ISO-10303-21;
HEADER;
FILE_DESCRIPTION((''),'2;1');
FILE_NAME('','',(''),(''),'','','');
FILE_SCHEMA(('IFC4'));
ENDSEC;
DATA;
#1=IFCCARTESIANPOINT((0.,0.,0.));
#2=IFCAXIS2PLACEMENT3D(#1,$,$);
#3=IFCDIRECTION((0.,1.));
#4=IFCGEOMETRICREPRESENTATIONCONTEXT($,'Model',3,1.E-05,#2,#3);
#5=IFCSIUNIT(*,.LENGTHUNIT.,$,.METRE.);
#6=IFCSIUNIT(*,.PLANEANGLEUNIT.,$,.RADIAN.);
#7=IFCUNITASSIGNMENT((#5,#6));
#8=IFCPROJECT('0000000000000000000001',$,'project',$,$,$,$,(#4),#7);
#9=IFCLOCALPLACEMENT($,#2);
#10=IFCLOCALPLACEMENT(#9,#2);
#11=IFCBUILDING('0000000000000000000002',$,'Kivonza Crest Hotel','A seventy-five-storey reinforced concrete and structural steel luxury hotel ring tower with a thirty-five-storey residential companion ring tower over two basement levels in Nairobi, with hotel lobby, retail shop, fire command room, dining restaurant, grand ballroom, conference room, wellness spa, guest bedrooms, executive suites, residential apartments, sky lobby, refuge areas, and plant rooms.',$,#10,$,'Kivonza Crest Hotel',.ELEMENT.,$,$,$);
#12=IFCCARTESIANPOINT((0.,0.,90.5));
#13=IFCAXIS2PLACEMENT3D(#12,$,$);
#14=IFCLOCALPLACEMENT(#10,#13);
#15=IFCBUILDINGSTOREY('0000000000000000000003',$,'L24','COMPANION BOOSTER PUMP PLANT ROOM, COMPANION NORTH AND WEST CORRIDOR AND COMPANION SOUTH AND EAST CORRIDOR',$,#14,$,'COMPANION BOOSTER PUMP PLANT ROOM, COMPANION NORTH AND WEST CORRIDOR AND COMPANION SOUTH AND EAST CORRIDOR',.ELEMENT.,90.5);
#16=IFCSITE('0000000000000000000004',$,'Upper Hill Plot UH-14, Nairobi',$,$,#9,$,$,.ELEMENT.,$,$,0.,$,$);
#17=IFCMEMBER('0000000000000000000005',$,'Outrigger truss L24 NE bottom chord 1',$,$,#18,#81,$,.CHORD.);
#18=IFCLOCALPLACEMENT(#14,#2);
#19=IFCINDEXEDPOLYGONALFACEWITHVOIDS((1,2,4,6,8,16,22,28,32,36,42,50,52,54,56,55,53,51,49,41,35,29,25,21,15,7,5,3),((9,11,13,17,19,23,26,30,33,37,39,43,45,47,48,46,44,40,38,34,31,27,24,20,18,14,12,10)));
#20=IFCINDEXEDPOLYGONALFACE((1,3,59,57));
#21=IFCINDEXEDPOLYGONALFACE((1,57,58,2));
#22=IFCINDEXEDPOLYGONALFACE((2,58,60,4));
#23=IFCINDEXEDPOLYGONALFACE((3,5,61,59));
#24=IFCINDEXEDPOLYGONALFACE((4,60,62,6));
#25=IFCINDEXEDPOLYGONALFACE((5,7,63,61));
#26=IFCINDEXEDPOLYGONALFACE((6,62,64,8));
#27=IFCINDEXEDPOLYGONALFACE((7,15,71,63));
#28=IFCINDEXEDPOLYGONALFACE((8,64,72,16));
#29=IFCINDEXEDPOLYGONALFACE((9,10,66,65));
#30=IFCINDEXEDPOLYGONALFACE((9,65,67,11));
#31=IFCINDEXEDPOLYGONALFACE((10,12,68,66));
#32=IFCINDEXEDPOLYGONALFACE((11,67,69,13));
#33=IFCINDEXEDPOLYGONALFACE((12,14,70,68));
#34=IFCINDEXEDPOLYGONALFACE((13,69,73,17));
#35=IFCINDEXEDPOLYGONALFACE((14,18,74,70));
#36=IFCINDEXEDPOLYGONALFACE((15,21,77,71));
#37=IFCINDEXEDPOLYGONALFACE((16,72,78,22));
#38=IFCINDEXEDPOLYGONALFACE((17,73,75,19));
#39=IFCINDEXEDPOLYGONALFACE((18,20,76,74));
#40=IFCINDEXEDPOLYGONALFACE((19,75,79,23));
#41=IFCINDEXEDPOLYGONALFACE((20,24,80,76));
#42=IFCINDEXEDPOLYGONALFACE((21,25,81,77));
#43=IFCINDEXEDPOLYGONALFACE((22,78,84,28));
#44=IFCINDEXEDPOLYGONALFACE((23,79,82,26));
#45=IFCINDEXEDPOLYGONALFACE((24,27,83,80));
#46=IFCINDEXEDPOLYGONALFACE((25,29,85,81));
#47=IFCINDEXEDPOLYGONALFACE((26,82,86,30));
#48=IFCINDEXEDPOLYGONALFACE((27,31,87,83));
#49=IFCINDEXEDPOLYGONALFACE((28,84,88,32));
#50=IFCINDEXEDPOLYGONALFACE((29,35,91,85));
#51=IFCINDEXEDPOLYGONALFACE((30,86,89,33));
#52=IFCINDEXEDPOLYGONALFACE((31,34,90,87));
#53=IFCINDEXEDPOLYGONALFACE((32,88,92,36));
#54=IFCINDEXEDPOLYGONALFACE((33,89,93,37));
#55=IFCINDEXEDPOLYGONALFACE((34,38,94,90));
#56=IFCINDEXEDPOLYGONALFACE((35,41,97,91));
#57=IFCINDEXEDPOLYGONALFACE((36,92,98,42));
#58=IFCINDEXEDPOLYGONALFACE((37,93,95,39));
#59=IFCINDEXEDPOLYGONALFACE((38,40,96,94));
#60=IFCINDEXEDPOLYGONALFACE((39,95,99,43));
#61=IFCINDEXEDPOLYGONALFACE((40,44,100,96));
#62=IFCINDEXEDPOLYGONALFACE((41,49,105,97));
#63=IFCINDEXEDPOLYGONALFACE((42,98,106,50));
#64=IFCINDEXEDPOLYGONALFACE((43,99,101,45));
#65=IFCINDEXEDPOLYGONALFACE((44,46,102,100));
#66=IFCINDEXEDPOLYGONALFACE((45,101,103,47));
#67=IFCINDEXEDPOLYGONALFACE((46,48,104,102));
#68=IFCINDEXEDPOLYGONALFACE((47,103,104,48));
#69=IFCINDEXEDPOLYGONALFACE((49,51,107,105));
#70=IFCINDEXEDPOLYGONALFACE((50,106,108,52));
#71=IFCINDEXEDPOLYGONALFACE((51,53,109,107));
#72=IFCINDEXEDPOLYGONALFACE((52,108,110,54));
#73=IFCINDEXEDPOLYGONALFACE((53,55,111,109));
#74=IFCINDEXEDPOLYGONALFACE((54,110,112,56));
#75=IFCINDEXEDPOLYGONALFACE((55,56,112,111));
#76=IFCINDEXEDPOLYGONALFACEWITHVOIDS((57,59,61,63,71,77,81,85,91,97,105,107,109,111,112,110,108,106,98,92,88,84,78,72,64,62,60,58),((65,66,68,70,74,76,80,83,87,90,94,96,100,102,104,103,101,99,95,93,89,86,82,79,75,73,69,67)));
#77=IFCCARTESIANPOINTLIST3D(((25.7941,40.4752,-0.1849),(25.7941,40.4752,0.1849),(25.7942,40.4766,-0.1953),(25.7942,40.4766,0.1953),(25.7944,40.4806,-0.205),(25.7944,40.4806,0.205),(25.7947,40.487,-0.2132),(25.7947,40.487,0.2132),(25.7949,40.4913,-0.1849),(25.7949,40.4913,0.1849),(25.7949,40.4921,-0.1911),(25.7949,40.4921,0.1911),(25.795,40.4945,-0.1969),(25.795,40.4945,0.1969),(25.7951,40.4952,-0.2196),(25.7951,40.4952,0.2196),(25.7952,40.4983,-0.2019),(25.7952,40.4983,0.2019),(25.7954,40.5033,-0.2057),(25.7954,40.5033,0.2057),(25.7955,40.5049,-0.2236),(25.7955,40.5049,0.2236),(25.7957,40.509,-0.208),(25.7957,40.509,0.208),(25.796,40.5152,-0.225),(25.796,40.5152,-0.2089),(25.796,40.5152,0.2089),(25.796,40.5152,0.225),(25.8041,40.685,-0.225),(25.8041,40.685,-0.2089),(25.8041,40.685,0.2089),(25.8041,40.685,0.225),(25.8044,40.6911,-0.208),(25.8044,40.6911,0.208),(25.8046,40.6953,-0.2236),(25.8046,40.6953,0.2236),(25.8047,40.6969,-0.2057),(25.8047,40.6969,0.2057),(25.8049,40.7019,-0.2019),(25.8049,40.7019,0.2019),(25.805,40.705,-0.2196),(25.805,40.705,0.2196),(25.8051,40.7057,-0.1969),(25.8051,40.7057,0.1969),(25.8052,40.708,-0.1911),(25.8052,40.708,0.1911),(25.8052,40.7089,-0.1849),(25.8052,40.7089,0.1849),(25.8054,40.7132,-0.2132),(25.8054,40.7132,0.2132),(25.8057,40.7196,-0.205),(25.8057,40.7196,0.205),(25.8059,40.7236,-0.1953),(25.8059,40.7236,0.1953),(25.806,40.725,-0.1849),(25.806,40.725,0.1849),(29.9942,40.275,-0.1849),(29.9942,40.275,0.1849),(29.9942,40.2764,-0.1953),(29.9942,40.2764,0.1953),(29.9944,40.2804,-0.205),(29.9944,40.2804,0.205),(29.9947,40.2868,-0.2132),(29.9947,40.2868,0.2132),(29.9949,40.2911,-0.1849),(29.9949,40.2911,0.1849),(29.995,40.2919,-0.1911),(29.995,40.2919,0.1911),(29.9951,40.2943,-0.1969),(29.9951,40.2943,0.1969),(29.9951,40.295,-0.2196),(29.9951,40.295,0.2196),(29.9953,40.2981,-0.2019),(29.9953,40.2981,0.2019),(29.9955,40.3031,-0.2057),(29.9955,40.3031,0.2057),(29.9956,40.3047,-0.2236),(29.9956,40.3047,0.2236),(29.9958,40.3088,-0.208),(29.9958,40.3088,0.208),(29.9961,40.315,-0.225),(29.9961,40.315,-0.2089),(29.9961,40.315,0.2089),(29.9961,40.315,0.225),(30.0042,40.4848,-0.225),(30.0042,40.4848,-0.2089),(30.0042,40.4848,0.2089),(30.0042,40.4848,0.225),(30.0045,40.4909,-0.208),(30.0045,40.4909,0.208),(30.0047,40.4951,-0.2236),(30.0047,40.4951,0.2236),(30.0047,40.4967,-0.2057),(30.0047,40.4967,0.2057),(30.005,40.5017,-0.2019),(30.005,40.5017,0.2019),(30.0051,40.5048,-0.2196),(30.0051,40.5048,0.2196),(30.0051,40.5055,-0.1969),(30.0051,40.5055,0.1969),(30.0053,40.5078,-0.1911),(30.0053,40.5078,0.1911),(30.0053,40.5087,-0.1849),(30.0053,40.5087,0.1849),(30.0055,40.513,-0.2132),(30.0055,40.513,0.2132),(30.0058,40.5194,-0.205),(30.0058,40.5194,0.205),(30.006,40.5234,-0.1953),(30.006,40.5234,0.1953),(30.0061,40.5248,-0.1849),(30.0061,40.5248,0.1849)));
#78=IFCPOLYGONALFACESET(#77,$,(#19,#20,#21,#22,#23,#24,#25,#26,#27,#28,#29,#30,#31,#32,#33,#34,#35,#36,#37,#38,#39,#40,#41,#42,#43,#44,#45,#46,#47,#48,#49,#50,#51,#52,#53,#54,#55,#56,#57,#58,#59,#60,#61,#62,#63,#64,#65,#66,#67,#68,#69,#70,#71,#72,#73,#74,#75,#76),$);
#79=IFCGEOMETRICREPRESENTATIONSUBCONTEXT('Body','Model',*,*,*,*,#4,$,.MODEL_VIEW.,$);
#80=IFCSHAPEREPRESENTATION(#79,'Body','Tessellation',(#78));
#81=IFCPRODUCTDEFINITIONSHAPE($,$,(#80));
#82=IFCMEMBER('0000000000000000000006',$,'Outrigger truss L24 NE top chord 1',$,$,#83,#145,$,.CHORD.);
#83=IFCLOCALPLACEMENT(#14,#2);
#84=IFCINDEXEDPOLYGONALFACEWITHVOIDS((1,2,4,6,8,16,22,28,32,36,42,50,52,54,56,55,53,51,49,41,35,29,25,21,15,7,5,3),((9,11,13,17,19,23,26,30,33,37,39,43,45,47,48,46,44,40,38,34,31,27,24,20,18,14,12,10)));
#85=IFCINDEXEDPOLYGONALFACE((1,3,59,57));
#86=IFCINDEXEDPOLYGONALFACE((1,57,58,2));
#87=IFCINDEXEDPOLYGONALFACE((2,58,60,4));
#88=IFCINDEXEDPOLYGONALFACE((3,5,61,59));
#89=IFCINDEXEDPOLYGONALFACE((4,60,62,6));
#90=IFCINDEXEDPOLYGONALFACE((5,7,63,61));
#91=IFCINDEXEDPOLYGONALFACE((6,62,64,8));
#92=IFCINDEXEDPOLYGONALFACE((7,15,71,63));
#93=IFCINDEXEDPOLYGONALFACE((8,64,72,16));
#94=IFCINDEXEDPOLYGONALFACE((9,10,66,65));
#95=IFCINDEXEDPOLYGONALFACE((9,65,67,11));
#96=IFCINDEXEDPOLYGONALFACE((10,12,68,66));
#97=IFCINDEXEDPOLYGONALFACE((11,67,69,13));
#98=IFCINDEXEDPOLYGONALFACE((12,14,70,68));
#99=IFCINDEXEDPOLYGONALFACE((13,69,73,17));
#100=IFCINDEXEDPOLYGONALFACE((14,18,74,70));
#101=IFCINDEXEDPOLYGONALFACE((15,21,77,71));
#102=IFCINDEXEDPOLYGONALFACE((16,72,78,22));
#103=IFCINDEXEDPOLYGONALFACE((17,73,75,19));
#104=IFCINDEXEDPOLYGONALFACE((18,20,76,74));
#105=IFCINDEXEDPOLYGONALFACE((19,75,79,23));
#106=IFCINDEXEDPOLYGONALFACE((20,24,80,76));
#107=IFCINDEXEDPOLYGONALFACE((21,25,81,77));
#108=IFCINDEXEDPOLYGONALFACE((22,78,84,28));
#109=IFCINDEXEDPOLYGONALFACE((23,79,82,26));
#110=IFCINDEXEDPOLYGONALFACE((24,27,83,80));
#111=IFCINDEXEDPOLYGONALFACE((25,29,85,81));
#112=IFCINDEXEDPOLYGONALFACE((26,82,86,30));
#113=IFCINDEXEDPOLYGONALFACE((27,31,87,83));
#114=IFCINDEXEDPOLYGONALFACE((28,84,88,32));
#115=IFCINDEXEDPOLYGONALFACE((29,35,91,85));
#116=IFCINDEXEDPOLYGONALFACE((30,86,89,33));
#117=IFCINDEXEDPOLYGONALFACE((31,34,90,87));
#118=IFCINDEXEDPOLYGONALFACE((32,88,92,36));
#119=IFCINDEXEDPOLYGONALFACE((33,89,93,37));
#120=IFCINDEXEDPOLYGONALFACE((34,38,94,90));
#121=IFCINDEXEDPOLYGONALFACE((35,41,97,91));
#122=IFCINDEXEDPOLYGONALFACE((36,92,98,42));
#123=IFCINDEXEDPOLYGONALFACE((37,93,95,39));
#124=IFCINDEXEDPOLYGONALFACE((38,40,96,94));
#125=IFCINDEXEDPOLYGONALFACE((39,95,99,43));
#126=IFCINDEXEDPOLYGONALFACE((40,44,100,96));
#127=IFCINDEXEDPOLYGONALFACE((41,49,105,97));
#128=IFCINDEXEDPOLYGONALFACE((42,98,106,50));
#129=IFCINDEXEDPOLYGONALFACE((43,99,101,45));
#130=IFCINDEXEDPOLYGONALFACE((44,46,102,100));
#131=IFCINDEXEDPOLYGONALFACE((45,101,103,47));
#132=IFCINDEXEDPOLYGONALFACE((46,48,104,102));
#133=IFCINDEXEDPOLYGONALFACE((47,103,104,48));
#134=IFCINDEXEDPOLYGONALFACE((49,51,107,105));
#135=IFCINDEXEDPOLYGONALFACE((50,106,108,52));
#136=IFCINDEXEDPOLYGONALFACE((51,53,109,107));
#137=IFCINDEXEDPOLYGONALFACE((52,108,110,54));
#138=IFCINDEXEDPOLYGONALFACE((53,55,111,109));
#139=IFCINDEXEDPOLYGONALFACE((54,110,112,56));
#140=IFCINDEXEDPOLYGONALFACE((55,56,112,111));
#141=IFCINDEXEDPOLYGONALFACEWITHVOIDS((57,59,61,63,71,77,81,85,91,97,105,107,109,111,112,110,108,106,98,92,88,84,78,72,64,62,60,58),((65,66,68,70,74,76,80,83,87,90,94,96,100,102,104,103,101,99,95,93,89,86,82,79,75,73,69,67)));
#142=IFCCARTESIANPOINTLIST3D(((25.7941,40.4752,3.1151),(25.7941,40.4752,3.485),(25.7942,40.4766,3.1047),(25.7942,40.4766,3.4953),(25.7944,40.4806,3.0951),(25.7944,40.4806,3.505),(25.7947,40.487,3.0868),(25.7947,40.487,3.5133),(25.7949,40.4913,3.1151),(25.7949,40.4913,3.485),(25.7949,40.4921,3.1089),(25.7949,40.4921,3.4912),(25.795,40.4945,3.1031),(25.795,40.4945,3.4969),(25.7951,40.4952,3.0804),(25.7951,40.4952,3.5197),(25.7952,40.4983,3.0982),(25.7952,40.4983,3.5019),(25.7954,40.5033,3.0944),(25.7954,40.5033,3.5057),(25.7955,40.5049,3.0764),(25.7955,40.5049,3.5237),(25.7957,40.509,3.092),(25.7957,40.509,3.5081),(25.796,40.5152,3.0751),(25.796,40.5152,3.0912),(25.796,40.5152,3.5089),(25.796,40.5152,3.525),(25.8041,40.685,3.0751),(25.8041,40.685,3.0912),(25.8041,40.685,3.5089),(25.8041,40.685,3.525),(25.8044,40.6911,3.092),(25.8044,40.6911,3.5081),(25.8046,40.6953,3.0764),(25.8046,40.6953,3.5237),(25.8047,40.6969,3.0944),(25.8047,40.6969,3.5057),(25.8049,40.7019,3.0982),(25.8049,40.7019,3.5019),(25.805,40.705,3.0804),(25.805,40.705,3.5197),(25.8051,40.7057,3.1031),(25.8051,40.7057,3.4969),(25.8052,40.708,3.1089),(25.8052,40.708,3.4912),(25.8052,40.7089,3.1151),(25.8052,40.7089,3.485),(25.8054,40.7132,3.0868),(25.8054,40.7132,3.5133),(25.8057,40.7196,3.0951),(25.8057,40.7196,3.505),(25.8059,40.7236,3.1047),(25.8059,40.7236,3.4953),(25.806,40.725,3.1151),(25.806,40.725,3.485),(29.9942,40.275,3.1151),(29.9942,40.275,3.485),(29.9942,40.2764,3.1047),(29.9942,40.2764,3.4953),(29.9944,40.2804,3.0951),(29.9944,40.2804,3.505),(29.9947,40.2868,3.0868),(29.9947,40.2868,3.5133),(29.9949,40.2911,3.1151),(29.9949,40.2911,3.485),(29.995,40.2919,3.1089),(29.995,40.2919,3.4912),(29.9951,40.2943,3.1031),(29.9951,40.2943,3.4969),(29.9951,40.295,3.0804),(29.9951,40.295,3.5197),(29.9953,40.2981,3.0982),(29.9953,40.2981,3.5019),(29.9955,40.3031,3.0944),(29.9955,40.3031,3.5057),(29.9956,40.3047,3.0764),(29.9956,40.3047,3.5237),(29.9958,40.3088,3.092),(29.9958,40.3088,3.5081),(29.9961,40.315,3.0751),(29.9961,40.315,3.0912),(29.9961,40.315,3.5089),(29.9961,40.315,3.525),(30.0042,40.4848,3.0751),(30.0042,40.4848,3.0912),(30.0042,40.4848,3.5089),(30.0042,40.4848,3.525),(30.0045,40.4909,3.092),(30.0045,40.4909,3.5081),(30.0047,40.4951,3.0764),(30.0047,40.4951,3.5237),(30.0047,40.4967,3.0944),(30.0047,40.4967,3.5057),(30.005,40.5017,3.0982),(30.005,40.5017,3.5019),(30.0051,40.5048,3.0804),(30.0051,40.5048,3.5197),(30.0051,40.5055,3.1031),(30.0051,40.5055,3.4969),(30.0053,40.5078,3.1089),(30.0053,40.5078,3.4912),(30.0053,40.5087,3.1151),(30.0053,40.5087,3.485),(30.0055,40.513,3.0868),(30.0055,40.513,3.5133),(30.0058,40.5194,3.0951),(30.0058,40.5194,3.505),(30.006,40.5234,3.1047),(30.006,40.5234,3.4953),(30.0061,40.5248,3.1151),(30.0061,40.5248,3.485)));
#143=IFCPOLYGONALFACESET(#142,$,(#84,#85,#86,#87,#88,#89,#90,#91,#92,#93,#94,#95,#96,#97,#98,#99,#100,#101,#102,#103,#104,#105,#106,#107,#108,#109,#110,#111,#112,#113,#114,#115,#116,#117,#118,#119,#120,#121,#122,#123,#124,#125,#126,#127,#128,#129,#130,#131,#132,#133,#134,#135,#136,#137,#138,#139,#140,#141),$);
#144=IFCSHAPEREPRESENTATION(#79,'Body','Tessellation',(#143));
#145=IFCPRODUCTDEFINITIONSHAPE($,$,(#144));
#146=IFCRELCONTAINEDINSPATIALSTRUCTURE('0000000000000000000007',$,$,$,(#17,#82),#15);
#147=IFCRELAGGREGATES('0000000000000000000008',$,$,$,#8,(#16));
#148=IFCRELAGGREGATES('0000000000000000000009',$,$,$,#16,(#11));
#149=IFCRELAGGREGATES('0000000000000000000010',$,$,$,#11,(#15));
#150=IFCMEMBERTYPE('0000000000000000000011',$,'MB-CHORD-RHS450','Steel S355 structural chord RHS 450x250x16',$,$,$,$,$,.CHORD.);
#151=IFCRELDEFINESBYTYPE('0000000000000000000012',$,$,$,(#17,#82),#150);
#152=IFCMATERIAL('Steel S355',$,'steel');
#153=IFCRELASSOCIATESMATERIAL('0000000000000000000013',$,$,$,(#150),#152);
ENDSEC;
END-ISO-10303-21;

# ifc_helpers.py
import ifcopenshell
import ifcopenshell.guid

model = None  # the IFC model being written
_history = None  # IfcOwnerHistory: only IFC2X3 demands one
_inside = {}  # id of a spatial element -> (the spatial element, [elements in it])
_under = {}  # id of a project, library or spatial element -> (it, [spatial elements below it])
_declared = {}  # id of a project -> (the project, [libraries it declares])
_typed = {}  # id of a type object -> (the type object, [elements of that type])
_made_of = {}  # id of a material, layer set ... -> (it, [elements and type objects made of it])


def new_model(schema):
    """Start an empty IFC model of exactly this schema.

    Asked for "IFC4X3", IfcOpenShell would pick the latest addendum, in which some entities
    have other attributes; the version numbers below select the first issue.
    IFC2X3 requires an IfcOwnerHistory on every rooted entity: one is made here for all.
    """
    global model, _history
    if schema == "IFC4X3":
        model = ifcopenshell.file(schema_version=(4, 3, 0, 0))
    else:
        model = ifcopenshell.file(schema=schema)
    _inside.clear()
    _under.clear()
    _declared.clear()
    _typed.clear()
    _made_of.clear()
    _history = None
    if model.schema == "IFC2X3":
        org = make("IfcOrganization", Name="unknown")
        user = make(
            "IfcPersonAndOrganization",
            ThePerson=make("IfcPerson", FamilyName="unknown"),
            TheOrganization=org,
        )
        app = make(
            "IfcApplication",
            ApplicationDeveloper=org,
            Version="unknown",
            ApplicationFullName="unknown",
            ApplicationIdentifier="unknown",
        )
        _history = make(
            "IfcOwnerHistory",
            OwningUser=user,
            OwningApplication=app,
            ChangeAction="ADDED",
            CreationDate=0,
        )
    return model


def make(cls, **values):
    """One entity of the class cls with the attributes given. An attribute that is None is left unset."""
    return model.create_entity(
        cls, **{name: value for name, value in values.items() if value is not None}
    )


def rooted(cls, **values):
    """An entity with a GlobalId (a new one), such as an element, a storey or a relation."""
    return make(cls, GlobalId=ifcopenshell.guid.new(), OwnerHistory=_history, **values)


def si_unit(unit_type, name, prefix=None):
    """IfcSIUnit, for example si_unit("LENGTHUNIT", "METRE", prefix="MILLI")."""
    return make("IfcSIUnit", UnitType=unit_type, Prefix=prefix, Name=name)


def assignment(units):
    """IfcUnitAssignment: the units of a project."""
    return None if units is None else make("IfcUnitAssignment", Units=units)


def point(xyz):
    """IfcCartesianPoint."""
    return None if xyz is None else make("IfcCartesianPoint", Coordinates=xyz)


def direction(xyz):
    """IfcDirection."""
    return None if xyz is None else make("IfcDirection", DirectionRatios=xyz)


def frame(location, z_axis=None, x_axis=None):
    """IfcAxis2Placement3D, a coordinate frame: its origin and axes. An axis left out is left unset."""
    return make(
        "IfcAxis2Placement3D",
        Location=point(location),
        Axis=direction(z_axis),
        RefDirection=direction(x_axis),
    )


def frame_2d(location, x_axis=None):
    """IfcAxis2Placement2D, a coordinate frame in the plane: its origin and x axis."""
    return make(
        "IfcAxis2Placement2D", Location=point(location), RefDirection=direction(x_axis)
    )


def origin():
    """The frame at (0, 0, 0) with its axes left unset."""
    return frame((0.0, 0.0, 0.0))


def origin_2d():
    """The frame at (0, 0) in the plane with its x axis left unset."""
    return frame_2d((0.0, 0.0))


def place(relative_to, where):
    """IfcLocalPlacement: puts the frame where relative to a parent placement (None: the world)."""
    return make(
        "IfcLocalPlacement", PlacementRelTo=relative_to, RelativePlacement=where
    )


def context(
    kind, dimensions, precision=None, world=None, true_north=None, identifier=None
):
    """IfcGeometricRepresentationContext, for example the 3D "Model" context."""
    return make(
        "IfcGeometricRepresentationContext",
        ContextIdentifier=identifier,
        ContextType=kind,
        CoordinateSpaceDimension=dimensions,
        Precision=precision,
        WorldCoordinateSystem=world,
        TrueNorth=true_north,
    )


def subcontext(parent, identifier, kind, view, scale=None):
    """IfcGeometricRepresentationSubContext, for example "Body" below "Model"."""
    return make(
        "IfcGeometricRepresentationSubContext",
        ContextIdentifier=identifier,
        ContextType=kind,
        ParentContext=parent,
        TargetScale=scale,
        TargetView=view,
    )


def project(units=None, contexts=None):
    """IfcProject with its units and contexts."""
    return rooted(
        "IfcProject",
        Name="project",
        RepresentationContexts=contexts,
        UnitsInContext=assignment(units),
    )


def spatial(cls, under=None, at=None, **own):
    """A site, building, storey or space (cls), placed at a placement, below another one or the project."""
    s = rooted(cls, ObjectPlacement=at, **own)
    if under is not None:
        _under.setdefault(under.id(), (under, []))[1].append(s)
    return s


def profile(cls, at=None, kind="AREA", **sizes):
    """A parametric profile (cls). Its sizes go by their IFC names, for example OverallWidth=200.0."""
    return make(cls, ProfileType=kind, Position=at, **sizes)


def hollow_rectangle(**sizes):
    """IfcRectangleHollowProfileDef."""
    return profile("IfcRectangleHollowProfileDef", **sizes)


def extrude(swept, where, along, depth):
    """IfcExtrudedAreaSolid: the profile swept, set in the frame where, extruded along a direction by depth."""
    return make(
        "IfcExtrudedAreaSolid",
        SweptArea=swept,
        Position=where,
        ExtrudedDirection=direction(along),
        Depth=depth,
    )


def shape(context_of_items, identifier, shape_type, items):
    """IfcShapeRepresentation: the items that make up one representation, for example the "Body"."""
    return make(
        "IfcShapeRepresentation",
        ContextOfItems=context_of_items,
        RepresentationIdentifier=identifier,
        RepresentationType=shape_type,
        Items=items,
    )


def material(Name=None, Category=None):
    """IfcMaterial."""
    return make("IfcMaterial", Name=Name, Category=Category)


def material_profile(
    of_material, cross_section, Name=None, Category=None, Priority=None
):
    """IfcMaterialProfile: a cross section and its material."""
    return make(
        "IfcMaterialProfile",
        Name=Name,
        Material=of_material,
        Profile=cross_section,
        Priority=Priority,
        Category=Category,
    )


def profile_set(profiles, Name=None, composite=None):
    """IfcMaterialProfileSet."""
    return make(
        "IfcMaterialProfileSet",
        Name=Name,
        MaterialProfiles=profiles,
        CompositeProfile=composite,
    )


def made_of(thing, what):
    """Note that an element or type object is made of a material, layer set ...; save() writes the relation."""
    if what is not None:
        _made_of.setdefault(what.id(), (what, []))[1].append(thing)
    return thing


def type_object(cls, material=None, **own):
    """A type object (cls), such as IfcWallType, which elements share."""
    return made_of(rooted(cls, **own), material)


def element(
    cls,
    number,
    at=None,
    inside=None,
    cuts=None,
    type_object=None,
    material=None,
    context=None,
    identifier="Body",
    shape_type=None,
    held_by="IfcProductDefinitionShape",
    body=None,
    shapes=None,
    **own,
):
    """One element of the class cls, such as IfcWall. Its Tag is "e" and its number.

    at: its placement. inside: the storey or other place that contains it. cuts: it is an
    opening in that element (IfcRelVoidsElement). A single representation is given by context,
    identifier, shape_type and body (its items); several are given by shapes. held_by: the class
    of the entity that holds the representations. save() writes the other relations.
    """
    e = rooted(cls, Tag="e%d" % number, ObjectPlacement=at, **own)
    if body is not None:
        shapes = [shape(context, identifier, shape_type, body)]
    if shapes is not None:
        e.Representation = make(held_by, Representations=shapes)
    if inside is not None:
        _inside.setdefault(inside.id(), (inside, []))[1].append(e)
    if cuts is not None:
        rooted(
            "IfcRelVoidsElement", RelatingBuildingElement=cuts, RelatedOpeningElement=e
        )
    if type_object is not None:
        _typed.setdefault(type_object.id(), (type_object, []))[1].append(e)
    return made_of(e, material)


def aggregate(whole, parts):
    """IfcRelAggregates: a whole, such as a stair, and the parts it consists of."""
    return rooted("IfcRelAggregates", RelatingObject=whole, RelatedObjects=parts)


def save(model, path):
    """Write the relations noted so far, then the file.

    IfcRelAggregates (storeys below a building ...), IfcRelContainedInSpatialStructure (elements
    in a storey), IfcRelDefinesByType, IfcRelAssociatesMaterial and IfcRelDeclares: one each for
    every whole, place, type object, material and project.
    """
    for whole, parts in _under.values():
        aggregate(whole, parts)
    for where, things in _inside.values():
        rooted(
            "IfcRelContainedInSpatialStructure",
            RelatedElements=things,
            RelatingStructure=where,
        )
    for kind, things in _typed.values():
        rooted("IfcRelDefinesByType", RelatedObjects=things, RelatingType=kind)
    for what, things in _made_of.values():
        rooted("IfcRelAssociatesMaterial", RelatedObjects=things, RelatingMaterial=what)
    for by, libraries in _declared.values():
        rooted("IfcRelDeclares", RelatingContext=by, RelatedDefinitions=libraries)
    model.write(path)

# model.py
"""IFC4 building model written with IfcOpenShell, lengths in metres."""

from ifc_helpers import new_model, si_unit, direction, frame, origin, origin_2d, place, context, subcontext, project, spatial, hollow_rectangle, extrude, material, material_profile, profile_set, type_object, element, save


model = new_model("IFC4")

# Units and contexts
model_context = context("Model", 3, precision=1e-05, world=origin(), true_north=direction((0.0, 1.0)))
body_context = subcontext(model_context, "Body", "Model", "MODEL_VIEW")
ifc_project = project(units=[si_unit("LENGTHUNIT", "METRE"), si_unit("PLANEANGLEUNIT", "RADIAN")], contexts=[model_context])

# Site, building, storey
site_placement = place(None, origin())
site = spatial("IfcSite", under=ifc_project, at=site_placement, Name="Upper Hill Plot UH-14, Nairobi", CompositionType="ELEMENT", RefElevation=0.0)
building_placement = place(site_placement, origin())
building = spatial("IfcBuilding", under=site, at=building_placement, Name="Kivonza Crest Hotel", Description="A seventy-five-storey reinforced concrete and structural steel luxury hotel ring tower with a thirty-five-storey residential companion ring tower over two basement levels in Nairobi, with hotel lobby, retail shop, fire command room, dining restaurant, grand ballroom, conference room, wellness spa, guest bedrooms, executive suites, residential apartments, sky lobby, refuge areas, and plant rooms.", LongName="Kivonza Crest Hotel", CompositionType="ELEMENT")
storey_placement = place(building_placement, frame((0.0, 0.0, 90.5)))
storey = spatial("IfcBuildingStorey", under=building, at=storey_placement, Name="L24", Description="COMPANION BOOSTER PUMP PLANT ROOM, COMPANION NORTH AND WEST CORRIDOR AND COMPANION SOUTH AND EAST CORRIDOR", LongName="COMPANION BOOSTER PUMP PLANT ROOM, COMPANION NORTH AND WEST CORRIDOR AND COMPANION SOUTH AND EAST CORRIDOR", CompositionType="ELEMENT", Elevation=90.5)

# Shared definitions
ifc_material_1 = material(Name="Steel S355", Category="steel")

# Members
ifc_material_profile_1 = material_profile(ifc_material_1, hollow_rectangle(XDim=0.25, YDim=0.45, WallThickness=0.0161, InnerFilletRadius=0.0239, OuterFilletRadius=0.04, at=origin_2d()), Name="RHS 450x250x16")
ifc_profile_set_1 = profile_set([ifc_material_profile_1], Name="Steel S355")
member_type_1 = type_object("IfcMemberType", Name="MB-CHORD-RHS450", Description="Steel S355 structural chord RHS 450x250x16", PredefinedType="CHORD", material=ifc_profile_set_1)
for number, where, z_axis, x_axis, name in (
    (1, (25.8, 40.6001, 0.0), (0.998866, -0.047612, 0.0), (0.047612, 0.998866, 0.0), "Outrigger truss L24 NE bottom chord 1"),
    (2, (25.8, 40.6001, 3.3), (0.998866, -0.047612, 0.0), (0.047612, 0.998866, 0.0), "Outrigger truss L24 NE top chord 1"),
):
    element("IfcMember", number, at=place(storey_placement, frame(where, z_axis=z_axis, x_axis=x_axis)), inside=storey, type_object=member_type_1, Name=name, PredefinedType="CHORD", context=body_context, shape_type="SweptSolid", body=[
        extrude(hollow_rectangle(XDim=0.25, YDim=0.45, WallThickness=0.0161, InnerFilletRadius=0.0239, OuterFilletRadius=0.04, at=origin_2d()), origin(), (0.0, 0.0, 1.0), 4.2048),
    ])

save(model, "model.ifc")
